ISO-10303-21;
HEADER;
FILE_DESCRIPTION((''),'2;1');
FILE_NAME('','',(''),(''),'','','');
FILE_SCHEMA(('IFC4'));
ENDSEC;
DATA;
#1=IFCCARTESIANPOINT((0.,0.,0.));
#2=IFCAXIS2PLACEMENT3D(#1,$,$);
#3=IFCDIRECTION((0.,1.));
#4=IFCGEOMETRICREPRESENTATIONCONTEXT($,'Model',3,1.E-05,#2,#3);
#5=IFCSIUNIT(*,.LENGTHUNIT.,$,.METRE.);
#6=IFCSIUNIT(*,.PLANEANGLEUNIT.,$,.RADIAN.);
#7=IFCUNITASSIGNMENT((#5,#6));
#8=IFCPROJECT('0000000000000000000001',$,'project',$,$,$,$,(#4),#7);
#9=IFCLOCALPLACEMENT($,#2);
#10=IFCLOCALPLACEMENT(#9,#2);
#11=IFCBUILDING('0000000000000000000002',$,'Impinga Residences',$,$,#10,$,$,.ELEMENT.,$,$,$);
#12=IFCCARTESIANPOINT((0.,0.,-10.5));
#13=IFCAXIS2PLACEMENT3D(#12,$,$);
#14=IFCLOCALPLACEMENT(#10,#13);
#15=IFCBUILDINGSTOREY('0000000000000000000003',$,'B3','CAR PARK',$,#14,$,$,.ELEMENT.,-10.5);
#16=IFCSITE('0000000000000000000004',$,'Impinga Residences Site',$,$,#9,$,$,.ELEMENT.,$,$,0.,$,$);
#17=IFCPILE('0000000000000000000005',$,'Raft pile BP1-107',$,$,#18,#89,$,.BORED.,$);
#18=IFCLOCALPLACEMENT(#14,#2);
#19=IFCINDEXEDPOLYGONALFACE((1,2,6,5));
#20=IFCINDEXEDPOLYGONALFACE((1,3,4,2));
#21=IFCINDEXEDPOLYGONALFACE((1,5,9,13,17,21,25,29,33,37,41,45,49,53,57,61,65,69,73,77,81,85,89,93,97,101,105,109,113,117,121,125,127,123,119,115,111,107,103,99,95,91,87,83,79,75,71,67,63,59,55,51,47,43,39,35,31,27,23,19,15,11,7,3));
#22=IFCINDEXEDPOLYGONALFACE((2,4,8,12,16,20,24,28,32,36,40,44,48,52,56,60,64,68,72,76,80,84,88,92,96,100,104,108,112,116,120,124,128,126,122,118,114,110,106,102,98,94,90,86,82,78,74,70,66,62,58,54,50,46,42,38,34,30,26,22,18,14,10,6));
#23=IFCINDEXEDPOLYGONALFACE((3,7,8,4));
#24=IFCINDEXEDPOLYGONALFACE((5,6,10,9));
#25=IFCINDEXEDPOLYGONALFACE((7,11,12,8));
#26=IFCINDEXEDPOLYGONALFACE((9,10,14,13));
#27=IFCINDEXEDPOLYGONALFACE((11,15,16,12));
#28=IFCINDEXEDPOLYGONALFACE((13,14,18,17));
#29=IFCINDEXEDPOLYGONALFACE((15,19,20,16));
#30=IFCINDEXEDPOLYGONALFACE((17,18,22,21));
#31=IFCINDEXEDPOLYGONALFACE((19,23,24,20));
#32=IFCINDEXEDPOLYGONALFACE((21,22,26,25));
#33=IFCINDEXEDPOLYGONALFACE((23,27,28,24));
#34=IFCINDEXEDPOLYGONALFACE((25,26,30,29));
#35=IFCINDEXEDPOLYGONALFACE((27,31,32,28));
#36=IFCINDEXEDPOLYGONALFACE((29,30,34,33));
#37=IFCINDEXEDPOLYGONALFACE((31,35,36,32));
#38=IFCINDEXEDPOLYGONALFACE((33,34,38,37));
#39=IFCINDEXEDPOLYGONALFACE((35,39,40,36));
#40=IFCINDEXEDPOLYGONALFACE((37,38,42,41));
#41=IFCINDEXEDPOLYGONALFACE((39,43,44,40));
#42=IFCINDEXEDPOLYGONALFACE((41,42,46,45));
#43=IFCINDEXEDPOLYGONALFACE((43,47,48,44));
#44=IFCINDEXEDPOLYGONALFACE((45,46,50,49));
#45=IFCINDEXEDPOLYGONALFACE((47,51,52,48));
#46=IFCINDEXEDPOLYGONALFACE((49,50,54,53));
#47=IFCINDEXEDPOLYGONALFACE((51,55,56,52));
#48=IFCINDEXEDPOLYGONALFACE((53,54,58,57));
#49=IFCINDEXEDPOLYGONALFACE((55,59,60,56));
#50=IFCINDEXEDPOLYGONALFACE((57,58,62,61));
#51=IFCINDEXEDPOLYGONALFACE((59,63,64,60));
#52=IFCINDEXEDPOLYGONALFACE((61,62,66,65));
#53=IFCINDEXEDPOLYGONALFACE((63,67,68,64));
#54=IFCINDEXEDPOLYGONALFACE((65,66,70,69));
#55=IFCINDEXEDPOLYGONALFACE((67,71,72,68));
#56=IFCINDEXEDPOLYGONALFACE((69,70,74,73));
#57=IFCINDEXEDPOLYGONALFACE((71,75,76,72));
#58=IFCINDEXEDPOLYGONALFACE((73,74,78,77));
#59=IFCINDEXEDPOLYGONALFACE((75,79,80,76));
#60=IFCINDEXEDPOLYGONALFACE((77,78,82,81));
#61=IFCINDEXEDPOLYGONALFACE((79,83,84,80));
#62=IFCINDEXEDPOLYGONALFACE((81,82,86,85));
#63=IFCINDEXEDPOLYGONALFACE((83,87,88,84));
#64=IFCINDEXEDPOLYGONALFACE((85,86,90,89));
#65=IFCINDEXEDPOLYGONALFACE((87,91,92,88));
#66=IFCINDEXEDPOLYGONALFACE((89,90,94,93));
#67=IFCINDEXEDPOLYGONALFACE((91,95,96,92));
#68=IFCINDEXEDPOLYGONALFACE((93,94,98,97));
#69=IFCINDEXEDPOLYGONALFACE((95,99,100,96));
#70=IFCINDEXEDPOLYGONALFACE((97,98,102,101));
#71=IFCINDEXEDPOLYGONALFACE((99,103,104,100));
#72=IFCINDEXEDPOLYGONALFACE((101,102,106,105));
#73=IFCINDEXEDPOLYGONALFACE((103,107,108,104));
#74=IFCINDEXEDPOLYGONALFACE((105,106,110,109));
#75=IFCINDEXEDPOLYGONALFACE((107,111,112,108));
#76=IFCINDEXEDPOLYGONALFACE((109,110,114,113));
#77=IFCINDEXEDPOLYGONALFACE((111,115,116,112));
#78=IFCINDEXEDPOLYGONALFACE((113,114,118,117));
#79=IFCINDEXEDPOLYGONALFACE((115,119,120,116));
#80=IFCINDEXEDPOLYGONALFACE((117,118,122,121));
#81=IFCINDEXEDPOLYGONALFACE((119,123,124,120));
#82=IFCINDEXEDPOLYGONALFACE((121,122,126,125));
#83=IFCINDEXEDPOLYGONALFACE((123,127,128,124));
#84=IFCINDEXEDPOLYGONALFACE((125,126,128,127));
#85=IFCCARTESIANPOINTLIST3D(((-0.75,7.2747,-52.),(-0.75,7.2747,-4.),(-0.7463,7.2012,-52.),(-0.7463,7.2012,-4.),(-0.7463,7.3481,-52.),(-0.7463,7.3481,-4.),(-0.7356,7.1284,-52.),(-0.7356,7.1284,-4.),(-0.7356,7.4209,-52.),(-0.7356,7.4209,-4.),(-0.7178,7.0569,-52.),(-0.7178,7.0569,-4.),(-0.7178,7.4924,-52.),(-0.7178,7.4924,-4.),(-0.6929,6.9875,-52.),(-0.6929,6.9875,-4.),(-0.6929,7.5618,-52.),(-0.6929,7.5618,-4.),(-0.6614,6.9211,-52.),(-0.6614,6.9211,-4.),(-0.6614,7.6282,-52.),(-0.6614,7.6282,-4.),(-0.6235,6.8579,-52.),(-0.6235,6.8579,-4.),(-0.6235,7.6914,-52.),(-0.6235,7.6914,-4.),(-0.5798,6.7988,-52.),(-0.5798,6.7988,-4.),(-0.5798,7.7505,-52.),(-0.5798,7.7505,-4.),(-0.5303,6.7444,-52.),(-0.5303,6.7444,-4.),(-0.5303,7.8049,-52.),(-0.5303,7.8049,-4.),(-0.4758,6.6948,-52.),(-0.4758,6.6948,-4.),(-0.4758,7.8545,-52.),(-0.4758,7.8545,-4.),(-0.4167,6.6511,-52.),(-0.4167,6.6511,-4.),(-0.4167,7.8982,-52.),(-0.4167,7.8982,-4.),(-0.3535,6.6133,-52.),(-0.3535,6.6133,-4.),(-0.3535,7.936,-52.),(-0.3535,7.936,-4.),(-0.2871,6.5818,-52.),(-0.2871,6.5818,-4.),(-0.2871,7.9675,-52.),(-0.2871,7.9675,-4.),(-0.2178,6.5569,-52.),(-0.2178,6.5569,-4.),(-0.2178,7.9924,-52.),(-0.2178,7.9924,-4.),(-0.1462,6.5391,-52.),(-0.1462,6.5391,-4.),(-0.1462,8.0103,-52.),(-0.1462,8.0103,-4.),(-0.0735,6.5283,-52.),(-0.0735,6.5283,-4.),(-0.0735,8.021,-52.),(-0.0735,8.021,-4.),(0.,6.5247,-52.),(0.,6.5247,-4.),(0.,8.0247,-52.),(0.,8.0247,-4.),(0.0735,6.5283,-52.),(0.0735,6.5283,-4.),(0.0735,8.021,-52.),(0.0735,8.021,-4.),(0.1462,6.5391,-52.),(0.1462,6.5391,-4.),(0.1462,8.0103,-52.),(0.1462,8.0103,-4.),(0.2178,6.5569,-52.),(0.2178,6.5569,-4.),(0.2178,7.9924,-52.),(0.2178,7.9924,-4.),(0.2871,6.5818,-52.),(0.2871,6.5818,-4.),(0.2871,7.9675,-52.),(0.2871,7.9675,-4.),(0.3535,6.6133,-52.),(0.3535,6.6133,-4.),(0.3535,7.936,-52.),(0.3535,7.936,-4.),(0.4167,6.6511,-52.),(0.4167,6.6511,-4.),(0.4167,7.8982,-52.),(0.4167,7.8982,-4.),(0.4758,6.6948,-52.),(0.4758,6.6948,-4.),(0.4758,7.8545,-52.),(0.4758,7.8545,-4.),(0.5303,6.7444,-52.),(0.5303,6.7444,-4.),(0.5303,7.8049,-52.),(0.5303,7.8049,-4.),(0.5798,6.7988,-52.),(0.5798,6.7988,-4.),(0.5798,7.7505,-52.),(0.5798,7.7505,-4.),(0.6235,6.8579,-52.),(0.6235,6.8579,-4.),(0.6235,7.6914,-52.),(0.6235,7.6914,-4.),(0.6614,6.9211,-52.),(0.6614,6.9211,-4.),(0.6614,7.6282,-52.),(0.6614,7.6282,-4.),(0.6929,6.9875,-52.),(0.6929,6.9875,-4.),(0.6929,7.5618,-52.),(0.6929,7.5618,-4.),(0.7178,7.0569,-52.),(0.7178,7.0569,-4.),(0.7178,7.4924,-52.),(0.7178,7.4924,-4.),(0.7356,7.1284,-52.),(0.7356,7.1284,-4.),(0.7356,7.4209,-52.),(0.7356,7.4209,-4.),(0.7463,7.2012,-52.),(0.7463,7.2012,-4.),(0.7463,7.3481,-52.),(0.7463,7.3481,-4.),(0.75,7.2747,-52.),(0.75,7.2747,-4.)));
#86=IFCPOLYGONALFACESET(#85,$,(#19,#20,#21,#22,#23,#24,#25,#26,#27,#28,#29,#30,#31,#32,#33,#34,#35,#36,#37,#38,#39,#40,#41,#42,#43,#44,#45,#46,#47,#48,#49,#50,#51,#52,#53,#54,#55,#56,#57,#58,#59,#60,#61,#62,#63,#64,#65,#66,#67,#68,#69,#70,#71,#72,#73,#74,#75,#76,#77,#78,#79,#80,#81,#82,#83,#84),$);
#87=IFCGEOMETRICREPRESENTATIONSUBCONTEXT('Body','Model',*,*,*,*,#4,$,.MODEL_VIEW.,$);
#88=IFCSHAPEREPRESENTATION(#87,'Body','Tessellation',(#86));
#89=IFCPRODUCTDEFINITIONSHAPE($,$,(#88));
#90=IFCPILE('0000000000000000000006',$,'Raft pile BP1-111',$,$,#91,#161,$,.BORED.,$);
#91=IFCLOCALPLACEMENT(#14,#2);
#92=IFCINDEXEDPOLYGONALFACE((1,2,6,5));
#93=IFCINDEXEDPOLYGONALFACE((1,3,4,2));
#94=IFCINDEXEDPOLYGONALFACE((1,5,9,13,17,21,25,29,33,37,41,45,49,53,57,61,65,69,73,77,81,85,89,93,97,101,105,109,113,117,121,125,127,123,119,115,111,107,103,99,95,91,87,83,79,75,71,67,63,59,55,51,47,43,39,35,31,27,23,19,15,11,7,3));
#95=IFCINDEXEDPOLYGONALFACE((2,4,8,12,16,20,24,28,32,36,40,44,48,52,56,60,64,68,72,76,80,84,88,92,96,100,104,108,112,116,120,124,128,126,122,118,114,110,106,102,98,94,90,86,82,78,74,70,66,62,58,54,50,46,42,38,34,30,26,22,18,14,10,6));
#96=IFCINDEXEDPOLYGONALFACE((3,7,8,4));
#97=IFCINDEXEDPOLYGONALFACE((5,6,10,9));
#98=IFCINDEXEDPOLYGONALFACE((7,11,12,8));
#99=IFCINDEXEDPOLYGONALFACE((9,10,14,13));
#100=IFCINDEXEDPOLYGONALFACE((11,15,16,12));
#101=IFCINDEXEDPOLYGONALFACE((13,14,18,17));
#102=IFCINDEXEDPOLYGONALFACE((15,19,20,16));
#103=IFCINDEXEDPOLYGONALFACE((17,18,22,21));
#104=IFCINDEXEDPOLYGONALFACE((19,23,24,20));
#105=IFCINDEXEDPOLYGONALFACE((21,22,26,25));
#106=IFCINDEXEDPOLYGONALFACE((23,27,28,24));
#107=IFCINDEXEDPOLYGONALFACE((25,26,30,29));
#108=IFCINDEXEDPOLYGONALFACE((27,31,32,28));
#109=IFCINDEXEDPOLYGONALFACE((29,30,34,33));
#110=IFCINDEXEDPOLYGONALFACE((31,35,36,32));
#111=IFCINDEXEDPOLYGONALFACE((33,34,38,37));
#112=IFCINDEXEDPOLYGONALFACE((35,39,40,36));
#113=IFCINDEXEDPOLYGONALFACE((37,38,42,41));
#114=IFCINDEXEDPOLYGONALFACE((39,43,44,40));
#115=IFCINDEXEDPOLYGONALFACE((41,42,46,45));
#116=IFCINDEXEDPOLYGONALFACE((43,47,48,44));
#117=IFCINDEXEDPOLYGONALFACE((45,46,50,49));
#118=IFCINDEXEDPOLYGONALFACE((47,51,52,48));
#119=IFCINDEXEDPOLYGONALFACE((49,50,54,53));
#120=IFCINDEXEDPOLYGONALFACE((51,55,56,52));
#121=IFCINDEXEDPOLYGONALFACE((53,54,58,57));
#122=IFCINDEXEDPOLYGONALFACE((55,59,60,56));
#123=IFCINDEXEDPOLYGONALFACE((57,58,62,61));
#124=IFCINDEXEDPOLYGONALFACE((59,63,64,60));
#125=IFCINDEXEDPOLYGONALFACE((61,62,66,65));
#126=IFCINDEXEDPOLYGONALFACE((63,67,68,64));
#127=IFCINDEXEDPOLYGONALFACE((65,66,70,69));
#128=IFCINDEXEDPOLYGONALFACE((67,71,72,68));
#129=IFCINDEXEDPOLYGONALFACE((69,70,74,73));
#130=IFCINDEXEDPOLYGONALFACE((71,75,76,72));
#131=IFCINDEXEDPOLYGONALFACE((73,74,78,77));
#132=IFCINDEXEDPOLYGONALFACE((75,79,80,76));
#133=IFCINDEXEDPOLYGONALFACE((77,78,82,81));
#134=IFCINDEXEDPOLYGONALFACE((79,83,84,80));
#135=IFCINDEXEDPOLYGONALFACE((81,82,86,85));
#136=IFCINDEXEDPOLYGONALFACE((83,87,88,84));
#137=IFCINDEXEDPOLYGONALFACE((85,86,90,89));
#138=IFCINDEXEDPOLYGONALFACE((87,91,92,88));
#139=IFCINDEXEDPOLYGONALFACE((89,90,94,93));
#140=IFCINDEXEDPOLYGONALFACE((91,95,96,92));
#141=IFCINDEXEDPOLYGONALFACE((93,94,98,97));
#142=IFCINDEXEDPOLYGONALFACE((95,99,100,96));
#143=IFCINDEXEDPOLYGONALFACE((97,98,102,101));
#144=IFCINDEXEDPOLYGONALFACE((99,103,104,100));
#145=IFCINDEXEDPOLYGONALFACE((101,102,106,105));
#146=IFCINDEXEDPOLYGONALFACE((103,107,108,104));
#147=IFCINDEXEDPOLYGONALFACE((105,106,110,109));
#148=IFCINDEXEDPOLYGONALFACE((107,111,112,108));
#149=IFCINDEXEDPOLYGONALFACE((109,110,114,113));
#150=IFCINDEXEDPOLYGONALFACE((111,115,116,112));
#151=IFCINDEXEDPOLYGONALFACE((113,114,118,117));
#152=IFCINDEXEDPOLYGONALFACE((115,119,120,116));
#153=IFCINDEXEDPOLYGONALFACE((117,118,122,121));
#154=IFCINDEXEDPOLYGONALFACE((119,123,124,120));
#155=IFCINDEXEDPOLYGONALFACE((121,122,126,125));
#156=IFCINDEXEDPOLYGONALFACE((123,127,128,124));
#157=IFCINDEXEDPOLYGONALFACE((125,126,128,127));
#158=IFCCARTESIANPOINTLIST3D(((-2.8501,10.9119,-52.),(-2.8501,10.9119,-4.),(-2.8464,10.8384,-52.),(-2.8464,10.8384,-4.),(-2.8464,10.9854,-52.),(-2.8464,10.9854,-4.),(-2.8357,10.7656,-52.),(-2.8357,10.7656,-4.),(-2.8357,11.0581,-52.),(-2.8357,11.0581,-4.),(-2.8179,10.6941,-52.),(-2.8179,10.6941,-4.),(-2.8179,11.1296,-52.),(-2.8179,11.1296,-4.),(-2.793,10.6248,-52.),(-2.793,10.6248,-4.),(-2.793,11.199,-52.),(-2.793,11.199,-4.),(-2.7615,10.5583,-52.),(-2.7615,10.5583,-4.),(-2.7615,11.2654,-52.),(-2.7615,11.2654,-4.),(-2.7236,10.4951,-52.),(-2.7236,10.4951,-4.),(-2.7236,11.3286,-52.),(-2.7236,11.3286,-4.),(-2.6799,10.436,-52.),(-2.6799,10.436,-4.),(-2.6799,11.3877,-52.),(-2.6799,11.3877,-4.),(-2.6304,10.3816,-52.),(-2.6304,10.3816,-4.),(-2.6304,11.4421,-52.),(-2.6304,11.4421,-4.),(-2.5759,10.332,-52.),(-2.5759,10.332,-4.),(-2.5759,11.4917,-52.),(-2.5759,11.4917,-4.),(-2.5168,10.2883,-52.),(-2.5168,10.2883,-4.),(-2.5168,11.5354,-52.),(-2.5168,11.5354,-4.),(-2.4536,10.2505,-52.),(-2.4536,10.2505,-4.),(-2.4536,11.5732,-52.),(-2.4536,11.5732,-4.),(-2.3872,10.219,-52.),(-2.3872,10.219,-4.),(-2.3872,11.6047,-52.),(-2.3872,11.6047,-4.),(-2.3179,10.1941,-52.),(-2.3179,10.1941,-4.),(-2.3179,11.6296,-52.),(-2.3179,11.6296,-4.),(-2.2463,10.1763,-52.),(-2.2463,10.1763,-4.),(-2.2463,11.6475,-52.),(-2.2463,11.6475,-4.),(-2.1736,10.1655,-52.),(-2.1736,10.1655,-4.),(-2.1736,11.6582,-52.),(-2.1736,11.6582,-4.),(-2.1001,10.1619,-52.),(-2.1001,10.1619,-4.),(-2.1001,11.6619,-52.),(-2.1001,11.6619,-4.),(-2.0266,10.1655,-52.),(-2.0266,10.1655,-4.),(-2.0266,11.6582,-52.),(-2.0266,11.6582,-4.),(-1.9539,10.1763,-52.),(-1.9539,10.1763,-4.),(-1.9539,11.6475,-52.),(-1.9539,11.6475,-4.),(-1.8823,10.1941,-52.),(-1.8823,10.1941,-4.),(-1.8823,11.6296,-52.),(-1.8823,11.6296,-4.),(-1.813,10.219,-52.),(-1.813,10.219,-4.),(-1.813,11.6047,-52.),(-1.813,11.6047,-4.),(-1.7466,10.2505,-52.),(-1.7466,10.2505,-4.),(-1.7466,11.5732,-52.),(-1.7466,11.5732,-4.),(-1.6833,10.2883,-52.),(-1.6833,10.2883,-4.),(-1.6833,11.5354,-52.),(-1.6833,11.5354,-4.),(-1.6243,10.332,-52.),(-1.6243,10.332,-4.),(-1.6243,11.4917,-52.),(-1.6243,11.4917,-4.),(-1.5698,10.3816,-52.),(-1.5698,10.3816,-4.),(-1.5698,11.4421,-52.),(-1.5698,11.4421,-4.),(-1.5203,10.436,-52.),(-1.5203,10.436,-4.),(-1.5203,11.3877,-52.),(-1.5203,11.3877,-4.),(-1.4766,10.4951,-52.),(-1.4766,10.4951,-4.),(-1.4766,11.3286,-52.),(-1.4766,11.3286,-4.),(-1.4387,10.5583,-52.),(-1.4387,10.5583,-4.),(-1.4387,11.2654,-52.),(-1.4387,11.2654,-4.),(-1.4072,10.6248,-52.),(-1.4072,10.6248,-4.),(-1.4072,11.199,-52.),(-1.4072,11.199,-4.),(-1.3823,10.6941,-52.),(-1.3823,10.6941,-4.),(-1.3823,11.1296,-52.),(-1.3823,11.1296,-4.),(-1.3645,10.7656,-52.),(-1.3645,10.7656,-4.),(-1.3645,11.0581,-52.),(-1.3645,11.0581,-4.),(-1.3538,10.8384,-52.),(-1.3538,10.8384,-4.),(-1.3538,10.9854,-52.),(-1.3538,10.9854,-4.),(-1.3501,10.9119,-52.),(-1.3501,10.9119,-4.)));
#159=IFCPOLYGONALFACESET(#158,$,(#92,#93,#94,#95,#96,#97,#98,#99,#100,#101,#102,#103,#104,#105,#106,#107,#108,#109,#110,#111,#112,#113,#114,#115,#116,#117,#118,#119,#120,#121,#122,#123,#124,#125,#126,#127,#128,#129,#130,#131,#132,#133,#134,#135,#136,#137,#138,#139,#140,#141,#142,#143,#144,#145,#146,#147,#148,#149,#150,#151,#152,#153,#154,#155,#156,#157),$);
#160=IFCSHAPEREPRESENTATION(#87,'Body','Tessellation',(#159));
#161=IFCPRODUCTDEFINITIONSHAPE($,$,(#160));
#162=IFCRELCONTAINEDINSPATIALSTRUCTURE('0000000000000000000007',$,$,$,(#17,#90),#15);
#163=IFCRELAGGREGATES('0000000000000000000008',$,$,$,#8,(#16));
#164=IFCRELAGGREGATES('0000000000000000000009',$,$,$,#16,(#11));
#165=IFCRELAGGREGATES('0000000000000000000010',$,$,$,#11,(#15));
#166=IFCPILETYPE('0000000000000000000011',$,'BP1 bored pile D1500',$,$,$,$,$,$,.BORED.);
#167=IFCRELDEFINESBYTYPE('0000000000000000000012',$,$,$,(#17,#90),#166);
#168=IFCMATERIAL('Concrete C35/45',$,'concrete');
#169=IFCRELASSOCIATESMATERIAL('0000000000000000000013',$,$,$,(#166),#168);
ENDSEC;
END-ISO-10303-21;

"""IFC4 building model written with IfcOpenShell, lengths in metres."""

from ifc_helpers import new_model, si_unit, direction, frame, origin, origin_2d, place, context, subcontext, project, spatial, polyline, circle, outline, extrude, material, material_profile, profile_set, type_object, element, save


model = new_model("IFC4")

# Units and contexts
model_context = context("Model", 3, precision=1e-05, world=origin(), true_north=direction((0.0, 1.0)))
body_context = subcontext(model_context, "Body", "Model", "MODEL_VIEW")
ifc_project = project(units=[si_unit("LENGTHUNIT", "METRE"), si_unit("PLANEANGLEUNIT", "RADIAN")], contexts=[model_context])

# Site, building, storey
site_placement = place(None, origin())
site = spatial("IfcSite", under=ifc_project, at=site_placement, Name="Impinga Residences Site", CompositionType="ELEMENT", RefElevation=0.0)
building_placement = place(site_placement, origin())
building = spatial("IfcBuilding", under=site, at=building_placement, Name="Impinga Residences", CompositionType="ELEMENT")
storey_placement = place(building_placement, frame((0.0, 0.0, -10.5)))
storey = spatial("IfcBuildingStorey", under=building, at=storey_placement, Name="B3", Description="CAR PARK", CompositionType="ELEMENT", Elevation=-10.5)

# Piles
ifc_material_1 = material(Name="Concrete C35/45", Category="concrete")
ifc_material_profile = material_profile(ifc_material_1, circle(Radius=0.75, at=origin_2d()), Name="D1500")
ifc_profile_set = profile_set([ifc_material_profile], Name="Concrete C35/45")
pile_type = type_object("IfcPileType", Name="BP1 bored pile D1500", PredefinedType="BORED", material=ifc_profile_set)
pile_1_placement = place(storey_placement, frame((0.0, 7.2747, -4.0), z_axis=(0.0, 0.0, -1.0), x_axis=(1.0, 0.0, 0.0)))
element("IfcPile", 1, at=pile_1_placement, inside=storey, type_object=pile_type, Name="Raft pile BP1-107", PredefinedType="BORED", context=body_context, shape_type="SweptSolid", body=[
    extrude(outline(polyline([(0.75, 0.0), (0.7463, 0.0735), (0.7356, 0.1462), (0.7178, 0.2178), (0.6929, 0.2871), (0.6614, 0.3535), (0.6235, 0.4167), (0.5798, 0.4758), (0.5303, 0.5303), (0.4758, 0.5798), (0.4167, 0.6235), (0.3535, 0.6614), (0.2871, 0.6929), (0.2178, 0.7178), (0.1462, 0.7356), (0.0735, 0.7463), (0.0, 0.75), (-0.0735, 0.7463), (-0.1462, 0.7356), (-0.2178, 0.7178), (-0.2871, 0.6929), (-0.3535, 0.6614), (-0.4167, 0.6235), (-0.4758, 0.5798), (-0.5303, 0.5303), (-0.5798, 0.4758), (-0.6235, 0.4167), (-0.6614, 0.3535), (-0.6929, 0.2871), (-0.7178, 0.2178), (-0.7356, 0.1462), (-0.7463, 0.0735), (-0.75, 0.0), (-0.7463, -0.0735), (-0.7356, -0.1462), (-0.7178, -0.2178), (-0.6929, -0.2871), (-0.6614, -0.3535), (-0.6235, -0.4167), (-0.5798, -0.4758), (-0.5303, -0.5303), (-0.4758, -0.5798), (-0.4167, -0.6235), (-0.3535, -0.6614), (-0.2871, -0.6929), (-0.2178, -0.7178), (-0.1462, -0.7356), (-0.0735, -0.7463), (0.0, -0.75), (0.0735, -0.7463), (0.1462, -0.7356), (0.2178, -0.7178), (0.2871, -0.6929), (0.3535, -0.6614), (0.4167, -0.6235), (0.4758, -0.5798), (0.5303, -0.5303), (0.5798, -0.4758), (0.6235, -0.4167), (0.6614, -0.3535), (0.6929, -0.2871), (0.7178, -0.2178), (0.7356, -0.1462), (0.7463, -0.0735), (0.75, 0.0)])), origin(), (0.0, 0.0, 1.0), 48.0),
])
pile_2_placement = place(storey_placement, frame((-2.1001, 10.9119, -4.0), z_axis=(0.0, 0.0, -1.0), x_axis=(1.0, 0.0, 0.0)))
element("IfcPile", 2, at=pile_2_placement, inside=storey, type_object=pile_type, Name="Raft pile BP1-111", PredefinedType="BORED", context=body_context, shape_type="SweptSolid", body=[
    extrude(outline(polyline([(0.75, 0.0), (0.7463, 0.0735), (0.7356, 0.1462), (0.7178, 0.2178), (0.6929, 0.2871), (0.6614, 0.3535), (0.6235, 0.4167), (0.5798, 0.4758), (0.5303, 0.5303), (0.4758, 0.5798), (0.4167, 0.6235), (0.3535, 0.6614), (0.2871, 0.6929), (0.2178, 0.7178), (0.1462, 0.7356), (0.0735, 0.7463), (0.0, 0.75), (-0.0735, 0.7463), (-0.1462, 0.7356), (-0.2178, 0.7178), (-0.2871, 0.6929), (-0.3535, 0.6614), (-0.4167, 0.6235), (-0.4758, 0.5798), (-0.5303, 0.5303), (-0.5798, 0.4758), (-0.6235, 0.4167), (-0.6614, 0.3535), (-0.6929, 0.2871), (-0.7178, 0.2178), (-0.7356, 0.1462), (-0.7463, 0.0735), (-0.75, 0.0), (-0.7463, -0.0735), (-0.7356, -0.1462), (-0.7178, -0.2178), (-0.6929, -0.2871), (-0.6614, -0.3535), (-0.6235, -0.4167), (-0.5798, -0.4758), (-0.5303, -0.5303), (-0.4758, -0.5798), (-0.4167, -0.6235), (-0.3535, -0.6614), (-0.2871, -0.6929), (-0.2178, -0.7178), (-0.1462, -0.7356), (-0.0735, -0.7463), (0.0, -0.75), (0.0735, -0.7463), (0.1462, -0.7356), (0.2178, -0.7178), (0.2871, -0.6929), (0.3535, -0.6614), (0.4167, -0.6235), (0.4758, -0.5798), (0.5303, -0.5303), (0.5798, -0.4758), (0.6235, -0.4167), (0.6614, -0.3535), (0.6929, -0.2871), (0.7178, -0.2178), (0.7356, -0.1462), (0.7463, -0.0735), (0.75, 0.0)])), origin(), (0.0, 0.0, 1.0), 48.0),
])

save(model, "model.ifc")
